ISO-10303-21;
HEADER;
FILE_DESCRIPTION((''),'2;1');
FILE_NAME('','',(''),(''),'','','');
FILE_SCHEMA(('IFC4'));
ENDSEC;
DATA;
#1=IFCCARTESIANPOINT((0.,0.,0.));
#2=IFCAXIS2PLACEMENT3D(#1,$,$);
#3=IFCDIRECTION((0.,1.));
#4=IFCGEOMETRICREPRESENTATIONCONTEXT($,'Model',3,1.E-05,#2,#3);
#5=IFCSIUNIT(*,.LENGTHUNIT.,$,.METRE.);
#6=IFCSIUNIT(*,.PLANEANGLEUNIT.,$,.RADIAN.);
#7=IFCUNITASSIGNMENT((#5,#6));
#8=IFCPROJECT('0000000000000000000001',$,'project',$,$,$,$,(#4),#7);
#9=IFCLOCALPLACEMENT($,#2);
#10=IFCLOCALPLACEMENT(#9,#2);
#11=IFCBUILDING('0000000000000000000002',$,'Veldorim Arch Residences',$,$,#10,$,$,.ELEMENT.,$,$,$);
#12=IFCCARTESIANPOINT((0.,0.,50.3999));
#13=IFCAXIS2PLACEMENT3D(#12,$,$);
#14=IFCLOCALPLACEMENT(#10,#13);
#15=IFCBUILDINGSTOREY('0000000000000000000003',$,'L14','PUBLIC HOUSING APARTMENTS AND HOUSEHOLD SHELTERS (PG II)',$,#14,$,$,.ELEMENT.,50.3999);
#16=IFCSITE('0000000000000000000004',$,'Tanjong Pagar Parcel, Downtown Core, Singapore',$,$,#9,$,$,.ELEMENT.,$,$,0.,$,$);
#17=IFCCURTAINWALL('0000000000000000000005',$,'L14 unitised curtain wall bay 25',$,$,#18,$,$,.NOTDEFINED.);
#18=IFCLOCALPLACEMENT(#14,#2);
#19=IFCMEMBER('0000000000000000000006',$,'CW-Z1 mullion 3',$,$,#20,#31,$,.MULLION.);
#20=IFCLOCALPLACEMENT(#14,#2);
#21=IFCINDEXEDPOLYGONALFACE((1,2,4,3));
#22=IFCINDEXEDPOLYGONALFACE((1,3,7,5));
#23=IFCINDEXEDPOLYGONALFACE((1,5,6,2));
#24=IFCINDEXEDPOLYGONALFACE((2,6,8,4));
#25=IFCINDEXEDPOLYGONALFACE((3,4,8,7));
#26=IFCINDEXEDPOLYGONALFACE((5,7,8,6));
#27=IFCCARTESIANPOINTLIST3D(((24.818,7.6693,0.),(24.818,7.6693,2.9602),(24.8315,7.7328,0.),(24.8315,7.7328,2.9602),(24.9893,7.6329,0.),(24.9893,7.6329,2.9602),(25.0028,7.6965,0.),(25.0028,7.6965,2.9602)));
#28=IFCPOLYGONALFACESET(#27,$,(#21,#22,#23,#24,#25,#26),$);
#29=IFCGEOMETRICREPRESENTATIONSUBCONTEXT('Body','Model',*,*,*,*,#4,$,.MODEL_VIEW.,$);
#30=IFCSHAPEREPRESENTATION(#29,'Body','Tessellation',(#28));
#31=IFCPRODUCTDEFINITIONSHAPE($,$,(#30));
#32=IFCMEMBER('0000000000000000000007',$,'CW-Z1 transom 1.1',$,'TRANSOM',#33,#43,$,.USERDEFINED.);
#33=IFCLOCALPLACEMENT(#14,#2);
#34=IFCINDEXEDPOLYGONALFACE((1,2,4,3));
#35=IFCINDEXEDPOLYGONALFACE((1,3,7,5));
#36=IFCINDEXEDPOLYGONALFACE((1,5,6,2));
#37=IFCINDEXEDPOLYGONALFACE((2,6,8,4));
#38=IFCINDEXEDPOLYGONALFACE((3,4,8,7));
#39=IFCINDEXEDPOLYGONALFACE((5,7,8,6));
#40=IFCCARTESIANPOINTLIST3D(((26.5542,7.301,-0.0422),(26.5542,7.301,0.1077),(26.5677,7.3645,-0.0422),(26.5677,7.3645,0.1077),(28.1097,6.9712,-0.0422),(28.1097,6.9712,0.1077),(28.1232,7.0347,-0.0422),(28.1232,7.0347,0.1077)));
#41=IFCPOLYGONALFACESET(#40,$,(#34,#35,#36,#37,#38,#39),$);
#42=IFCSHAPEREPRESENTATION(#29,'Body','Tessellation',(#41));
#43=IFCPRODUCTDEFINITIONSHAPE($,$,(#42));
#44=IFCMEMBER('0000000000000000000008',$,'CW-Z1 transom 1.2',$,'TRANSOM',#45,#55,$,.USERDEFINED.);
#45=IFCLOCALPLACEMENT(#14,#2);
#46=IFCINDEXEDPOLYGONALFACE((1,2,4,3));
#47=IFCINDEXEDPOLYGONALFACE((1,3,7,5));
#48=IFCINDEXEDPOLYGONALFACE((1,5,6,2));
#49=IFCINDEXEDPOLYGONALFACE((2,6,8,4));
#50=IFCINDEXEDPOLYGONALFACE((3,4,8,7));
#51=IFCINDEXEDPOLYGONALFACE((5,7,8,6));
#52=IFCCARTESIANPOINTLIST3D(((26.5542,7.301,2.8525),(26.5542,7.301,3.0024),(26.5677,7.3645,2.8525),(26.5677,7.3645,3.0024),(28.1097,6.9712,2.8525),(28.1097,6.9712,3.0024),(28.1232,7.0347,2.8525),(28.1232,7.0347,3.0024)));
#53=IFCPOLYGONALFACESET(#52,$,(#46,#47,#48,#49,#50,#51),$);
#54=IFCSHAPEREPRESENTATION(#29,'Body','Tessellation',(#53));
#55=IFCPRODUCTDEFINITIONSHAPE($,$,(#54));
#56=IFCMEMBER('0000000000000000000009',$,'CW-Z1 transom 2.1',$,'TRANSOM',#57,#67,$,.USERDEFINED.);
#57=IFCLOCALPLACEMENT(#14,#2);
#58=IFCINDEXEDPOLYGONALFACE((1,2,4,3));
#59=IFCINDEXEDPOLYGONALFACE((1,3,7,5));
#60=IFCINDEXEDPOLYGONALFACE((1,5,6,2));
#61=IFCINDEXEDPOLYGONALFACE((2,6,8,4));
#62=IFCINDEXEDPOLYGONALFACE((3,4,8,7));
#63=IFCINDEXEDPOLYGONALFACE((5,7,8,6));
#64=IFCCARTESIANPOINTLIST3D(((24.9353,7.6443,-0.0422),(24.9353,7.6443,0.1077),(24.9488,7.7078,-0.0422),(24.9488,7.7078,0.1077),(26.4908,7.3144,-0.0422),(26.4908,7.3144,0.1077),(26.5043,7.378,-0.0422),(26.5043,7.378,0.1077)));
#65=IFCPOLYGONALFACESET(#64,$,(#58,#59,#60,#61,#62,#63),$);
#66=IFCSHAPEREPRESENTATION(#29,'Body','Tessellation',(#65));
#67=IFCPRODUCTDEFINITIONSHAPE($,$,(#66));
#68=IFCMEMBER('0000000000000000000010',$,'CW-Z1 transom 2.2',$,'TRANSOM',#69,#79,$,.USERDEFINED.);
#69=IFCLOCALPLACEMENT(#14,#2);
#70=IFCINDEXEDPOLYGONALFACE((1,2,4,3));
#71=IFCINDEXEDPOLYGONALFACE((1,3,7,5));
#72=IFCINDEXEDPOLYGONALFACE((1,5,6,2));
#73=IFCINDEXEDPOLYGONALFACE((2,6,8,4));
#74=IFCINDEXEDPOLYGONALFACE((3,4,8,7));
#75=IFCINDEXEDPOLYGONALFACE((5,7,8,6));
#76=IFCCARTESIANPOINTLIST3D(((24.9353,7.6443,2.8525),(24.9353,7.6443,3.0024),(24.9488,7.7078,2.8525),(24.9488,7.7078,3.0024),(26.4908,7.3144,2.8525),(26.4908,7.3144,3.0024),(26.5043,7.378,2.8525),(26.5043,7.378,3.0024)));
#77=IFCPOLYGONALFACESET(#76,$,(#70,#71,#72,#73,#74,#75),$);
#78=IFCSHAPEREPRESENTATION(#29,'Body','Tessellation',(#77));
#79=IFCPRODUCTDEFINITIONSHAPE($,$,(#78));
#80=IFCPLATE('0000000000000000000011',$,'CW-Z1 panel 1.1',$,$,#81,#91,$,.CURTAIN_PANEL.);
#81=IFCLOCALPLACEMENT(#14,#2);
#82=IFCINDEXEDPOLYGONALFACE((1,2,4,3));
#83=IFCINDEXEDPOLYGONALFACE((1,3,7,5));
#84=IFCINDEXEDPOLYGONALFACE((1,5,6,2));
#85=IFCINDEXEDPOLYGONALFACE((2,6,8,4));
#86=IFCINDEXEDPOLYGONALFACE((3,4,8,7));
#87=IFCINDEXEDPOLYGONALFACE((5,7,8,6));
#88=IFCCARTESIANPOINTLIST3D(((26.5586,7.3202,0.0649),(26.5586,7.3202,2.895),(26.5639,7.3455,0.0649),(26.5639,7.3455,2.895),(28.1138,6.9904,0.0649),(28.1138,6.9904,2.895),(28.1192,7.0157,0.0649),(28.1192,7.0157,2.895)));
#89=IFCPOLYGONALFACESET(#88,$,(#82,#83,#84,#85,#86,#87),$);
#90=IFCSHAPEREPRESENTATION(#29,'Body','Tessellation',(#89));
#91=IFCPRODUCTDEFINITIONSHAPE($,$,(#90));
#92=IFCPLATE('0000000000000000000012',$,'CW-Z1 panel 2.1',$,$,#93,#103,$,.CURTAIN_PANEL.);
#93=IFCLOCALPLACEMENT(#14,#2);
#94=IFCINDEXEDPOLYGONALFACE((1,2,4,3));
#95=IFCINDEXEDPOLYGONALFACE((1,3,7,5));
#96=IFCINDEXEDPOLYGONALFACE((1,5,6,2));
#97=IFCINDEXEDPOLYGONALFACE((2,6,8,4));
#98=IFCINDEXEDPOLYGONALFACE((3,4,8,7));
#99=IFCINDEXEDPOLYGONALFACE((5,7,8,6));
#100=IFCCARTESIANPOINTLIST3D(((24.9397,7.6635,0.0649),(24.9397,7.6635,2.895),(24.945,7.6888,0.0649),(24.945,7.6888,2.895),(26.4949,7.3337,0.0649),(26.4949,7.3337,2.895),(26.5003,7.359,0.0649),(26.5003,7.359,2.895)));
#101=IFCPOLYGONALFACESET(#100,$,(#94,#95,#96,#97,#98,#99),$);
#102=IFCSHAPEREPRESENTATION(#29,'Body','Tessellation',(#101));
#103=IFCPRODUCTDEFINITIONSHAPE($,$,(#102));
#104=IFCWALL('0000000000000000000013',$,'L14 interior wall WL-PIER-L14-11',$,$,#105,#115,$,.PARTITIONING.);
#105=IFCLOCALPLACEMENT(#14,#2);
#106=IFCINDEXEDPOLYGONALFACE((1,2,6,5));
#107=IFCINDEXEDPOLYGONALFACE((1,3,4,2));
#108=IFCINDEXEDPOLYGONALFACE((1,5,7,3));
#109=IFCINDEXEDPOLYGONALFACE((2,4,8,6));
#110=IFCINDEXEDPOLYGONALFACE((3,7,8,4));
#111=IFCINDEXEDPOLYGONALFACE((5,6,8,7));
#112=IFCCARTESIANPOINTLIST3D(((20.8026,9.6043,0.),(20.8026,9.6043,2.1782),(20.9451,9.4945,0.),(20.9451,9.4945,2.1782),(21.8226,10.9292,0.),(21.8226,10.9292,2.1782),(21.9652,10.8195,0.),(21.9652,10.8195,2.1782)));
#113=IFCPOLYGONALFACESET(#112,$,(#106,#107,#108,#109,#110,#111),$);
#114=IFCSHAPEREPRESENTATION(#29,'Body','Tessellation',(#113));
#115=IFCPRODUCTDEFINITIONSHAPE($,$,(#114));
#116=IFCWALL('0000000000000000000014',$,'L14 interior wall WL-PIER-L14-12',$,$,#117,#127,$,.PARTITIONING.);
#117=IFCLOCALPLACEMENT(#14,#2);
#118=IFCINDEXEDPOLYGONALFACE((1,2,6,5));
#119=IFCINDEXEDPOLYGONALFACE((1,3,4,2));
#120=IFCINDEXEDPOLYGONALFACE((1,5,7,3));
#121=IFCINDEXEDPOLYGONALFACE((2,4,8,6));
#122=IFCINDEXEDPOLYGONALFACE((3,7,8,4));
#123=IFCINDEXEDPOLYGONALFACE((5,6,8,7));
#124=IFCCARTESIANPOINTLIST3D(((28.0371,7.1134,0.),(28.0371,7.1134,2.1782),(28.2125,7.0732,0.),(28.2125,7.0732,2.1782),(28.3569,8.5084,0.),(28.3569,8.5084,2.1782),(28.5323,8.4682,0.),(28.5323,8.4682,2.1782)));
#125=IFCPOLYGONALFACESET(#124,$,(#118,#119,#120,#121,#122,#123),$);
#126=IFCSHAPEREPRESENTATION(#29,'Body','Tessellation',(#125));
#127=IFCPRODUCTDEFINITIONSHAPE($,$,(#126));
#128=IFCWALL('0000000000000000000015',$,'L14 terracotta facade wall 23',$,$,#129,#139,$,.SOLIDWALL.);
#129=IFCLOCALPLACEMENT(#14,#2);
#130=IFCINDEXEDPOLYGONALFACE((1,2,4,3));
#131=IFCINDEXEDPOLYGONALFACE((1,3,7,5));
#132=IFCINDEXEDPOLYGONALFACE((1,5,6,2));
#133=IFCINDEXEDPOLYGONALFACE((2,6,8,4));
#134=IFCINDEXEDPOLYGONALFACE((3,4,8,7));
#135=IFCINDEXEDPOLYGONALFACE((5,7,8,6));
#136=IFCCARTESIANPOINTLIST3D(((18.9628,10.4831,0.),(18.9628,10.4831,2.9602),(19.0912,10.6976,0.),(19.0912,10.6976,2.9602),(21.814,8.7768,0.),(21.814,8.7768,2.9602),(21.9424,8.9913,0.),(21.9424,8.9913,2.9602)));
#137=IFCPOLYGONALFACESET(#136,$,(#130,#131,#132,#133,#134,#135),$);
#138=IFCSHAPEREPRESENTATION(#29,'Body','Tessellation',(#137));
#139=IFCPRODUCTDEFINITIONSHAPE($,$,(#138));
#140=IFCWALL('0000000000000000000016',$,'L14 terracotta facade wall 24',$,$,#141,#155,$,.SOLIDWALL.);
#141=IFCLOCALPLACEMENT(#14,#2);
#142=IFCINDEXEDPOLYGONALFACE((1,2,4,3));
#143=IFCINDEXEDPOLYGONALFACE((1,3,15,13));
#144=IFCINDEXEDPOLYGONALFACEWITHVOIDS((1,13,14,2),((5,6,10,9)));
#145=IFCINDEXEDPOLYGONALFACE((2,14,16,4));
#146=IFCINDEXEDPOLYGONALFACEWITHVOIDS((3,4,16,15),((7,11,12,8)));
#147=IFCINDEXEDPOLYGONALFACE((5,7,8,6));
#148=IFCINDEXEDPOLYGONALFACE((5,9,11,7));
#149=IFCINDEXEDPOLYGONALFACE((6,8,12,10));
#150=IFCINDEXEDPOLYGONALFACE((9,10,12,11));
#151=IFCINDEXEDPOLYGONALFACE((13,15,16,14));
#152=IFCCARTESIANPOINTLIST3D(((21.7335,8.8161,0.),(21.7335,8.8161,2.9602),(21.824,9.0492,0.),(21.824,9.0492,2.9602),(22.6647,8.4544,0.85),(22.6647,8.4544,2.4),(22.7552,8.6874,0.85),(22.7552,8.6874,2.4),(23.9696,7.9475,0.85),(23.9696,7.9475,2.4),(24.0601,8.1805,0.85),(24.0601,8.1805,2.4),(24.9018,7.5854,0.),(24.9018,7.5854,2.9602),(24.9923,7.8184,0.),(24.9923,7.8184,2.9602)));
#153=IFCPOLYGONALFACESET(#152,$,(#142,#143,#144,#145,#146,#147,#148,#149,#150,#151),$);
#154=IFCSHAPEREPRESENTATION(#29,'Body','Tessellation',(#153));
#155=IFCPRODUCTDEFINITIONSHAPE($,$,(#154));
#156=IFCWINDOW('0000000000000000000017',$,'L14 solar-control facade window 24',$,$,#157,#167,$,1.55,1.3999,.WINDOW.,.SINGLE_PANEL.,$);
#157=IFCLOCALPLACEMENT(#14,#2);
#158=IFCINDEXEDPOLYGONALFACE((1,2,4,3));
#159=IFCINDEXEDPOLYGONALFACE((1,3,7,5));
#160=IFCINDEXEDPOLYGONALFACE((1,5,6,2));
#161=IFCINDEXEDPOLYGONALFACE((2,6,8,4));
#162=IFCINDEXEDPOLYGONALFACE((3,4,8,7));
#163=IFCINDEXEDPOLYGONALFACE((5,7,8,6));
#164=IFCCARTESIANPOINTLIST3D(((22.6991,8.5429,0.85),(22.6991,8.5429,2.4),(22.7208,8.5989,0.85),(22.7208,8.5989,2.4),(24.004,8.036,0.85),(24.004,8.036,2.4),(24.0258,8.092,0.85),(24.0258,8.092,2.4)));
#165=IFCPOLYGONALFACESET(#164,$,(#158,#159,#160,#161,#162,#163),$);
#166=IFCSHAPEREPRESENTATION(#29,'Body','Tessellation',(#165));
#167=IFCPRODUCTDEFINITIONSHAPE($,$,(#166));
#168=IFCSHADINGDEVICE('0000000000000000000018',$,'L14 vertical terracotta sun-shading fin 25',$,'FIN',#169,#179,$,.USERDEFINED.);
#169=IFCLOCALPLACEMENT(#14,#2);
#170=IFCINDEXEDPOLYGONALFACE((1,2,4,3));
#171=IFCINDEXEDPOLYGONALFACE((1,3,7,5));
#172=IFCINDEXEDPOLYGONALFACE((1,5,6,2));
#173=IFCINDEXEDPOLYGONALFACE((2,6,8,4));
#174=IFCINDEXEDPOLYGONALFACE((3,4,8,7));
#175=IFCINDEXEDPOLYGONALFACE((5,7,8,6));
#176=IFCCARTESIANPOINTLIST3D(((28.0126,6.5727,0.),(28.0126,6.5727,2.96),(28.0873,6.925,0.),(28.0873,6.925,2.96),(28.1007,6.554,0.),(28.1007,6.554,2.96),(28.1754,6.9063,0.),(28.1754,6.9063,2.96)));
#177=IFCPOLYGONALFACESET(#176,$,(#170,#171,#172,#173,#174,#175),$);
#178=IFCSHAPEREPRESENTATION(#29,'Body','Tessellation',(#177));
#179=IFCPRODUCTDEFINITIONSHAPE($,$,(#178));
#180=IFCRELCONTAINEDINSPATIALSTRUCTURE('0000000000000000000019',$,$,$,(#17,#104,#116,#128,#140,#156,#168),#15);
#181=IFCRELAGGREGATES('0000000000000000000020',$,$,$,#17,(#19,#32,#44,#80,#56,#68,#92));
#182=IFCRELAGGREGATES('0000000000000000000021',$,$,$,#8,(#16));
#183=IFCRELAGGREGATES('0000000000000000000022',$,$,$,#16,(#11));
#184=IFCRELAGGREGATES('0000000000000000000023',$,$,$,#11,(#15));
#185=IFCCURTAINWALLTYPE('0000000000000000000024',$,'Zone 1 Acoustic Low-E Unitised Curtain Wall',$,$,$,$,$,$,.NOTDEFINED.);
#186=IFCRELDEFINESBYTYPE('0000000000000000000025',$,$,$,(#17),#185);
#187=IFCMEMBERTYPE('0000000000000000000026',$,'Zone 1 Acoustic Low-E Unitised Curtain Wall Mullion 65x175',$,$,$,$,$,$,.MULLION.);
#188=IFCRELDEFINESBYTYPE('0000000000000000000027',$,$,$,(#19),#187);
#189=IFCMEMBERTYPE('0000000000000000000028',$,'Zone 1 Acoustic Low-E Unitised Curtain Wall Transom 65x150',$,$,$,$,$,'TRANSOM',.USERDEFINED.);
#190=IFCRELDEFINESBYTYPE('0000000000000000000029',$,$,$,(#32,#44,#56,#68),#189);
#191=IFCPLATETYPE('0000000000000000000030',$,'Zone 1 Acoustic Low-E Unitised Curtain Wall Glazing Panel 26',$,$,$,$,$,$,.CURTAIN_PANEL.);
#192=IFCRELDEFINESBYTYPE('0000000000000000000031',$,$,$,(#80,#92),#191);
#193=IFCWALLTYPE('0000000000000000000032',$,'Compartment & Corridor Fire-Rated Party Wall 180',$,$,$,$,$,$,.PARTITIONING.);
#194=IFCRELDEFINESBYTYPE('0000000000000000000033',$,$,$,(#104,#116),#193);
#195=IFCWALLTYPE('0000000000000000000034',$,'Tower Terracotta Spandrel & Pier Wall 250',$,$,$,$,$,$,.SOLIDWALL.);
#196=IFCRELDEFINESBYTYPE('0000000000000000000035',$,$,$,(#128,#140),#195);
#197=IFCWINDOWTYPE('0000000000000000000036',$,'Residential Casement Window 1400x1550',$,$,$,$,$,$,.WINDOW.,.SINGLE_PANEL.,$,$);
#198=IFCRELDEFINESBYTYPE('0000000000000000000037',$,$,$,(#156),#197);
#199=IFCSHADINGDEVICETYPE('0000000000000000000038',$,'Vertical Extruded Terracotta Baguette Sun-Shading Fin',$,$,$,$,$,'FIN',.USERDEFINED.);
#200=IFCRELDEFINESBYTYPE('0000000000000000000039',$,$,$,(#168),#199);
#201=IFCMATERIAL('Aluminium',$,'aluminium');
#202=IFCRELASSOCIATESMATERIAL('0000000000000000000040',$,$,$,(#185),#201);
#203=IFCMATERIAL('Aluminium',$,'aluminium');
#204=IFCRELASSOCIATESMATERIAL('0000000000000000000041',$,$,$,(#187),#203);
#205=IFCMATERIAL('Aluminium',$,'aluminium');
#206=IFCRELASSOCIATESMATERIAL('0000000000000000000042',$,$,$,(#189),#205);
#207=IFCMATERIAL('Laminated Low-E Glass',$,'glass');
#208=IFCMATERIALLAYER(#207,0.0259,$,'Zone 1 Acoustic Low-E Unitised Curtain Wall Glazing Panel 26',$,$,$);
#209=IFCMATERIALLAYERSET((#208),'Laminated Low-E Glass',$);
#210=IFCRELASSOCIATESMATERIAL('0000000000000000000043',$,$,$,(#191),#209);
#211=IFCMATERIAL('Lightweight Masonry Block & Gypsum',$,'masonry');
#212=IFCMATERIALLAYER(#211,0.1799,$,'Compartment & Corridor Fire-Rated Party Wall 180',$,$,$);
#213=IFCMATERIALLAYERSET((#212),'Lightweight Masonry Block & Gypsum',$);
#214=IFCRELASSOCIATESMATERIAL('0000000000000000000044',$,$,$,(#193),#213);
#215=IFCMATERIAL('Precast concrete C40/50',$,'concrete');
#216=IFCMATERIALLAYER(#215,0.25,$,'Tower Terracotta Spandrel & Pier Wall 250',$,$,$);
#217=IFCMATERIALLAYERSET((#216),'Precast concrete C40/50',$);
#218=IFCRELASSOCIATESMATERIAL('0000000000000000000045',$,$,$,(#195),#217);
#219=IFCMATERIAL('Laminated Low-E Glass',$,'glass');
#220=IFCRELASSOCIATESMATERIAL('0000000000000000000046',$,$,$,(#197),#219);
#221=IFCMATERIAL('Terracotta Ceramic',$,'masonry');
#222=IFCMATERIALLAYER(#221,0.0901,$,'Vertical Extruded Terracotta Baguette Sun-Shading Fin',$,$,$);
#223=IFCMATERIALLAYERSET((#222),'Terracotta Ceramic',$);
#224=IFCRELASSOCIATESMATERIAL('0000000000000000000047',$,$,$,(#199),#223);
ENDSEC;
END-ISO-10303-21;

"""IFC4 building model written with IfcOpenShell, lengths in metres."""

from ifc_helpers import new_model, si_unit, direction, frame, frame_2d, origin, origin_2d, place, context, subcontext, project, spatial, rectangle, extrude, material, layer, layer_set, material_profile, profile_set, type_object, element, fill, aggregate, save


model = new_model("IFC4")

# Units and contexts
model_context = context("Model", 3, precision=1e-05, world=origin(), true_north=direction((0.0, 1.0)))
body_context = subcontext(model_context, "Body", "Model", "MODEL_VIEW")
ifc_project = project(units=[si_unit("LENGTHUNIT", "METRE"), si_unit("PLANEANGLEUNIT", "RADIAN")], contexts=[model_context])

# Site, building, storey
site_placement = place(None, origin())
site = spatial("IfcSite", under=ifc_project, at=site_placement, Name="Tanjong Pagar Parcel, Downtown Core, Singapore", CompositionType="ELEMENT", RefElevation=0.0)
building_placement = place(site_placement, origin())
building = spatial("IfcBuilding", under=site, at=building_placement, Name="Veldorim Arch Residences", CompositionType="ELEMENT")
storey_placement = place(building_placement, frame((0.0, 0.0, 50.3999)))
storey = spatial("IfcBuildingStorey", under=building, at=storey_placement, Name="L14", Description="PUBLIC HOUSING APARTMENTS AND HOUSEHOLD SHELTERS (PG II)", CompositionType="ELEMENT", Elevation=50.3999)

# Shared definitions
ifc_material_1 = material(Name="Aluminium", Category="aluminium")
curtain_wall_type = type_object("IfcCurtainWallType", Name="Zone 1 Acoustic Low-E Unitised Curtain Wall", PredefinedType="NOTDEFINED", material=ifc_material_1)
ifc_material_2 = material(Name="Aluminium", Category="aluminium")
ifc_material_profile_1 = material_profile(ifc_material_2, rectangle(XDim=0.0649, YDim=0.175, at=origin_2d()), Name="ALU_MUL_65x175")
ifc_profile_set_1 = profile_set([ifc_material_profile_1], Name="Aluminium")
member_type_1 = type_object("IfcMemberType", Name="Zone 1 Acoustic Low-E Unitised Curtain Wall Mullion 65x175", PredefinedType="MULLION", material=ifc_profile_set_1)

# Curtain wall, members, plates
curtain_wall_1_placement = place(storey_placement, origin())
curtain_wall_1 = element("IfcCurtainWall", 1, at=curtain_wall_1_placement, inside=storey, type_object=curtain_wall_type, Name="L14 unitised curtain wall bay 25", PredefinedType="NOTDEFINED")
member_1_placement = place(storey_placement, frame((24.9104, 7.6829, 0.0), z_axis=(0.0, 0.0, 1.0), x_axis=(-0.207442, -0.978247, 0.0)))
member_1 = element("IfcMember", 2, at=member_1_placement, type_object=member_type_1, Name="CW-Z1 mullion 3", PredefinedType="MULLION", context=body_context, shape_type="SweptSolid", body=[
    extrude(rectangle(XDim=0.0649, YDim=0.175, at=origin_2d()), origin(), (0.0, 0.0, 1.0), 2.9602),
])
ifc_material_3 = material(Name="Aluminium", Category="aluminium")
ifc_material_profile_2 = material_profile(ifc_material_3, rectangle(XDim=0.0649, YDim=0.1499, at=origin_2d()), Name="ALU_TRN_65x150")
ifc_profile_set_2 = profile_set([ifc_material_profile_2], Name="Aluminium")
member_type_2 = type_object("IfcMemberType", Name="Zone 1 Acoustic Low-E Unitised Curtain Wall Transom 65x150", ElementType="TRANSOM", PredefinedType="USERDEFINED", material=ifc_profile_set_2)
member_2_placement = place(storey_placement, frame((28.1165, 7.0029, 0.0327), z_axis=(-0.978247, 0.207442, 0.0), x_axis=(-0.207442, -0.978247, 0.0)))
member_2 = element("IfcMember", 3, at=member_2_placement, type_object=member_type_2, Name="CW-Z1 transom 1.1", ObjectType="TRANSOM", PredefinedType="USERDEFINED", context=body_context, shape_type="SweptSolid", body=[
    extrude(rectangle(XDim=0.0649, YDim=0.1499, at=origin_2d()), origin(), (0.0, 0.0, 1.0), 1.5901),
])
member_3_placement = place(storey_placement, frame((28.1165, 7.0029, 2.9275), z_axis=(-0.978247, 0.207442, 0.0), x_axis=(-0.207442, -0.978247, 0.0)))
member_3 = element("IfcMember", 4, at=member_3_placement, type_object=member_type_2, Name="CW-Z1 transom 1.2", ObjectType="TRANSOM", PredefinedType="USERDEFINED", context=body_context, shape_type="SweptSolid", body=[
    extrude(rectangle(XDim=0.0649, YDim=0.1499, at=origin_2d()), origin(), (0.0, 0.0, 1.0), 1.5901),
])
member_4_placement = place(storey_placement, frame((26.4976, 7.3462, 0.0327), z_axis=(-0.978247, 0.207442, 0.0), x_axis=(-0.207442, -0.978247, 0.0)))
member_4 = element("IfcMember", 5, at=member_4_placement, type_object=member_type_2, Name="CW-Z1 transom 2.1", ObjectType="TRANSOM", PredefinedType="USERDEFINED", context=body_context, shape_type="SweptSolid", body=[
    extrude(rectangle(XDim=0.0649, YDim=0.1499, at=origin_2d()), origin(), (0.0, 0.0, 1.0), 1.5901),
])
member_5_placement = place(storey_placement, frame((26.4976, 7.3462, 2.9275), z_axis=(-0.978247, 0.207442, 0.0), x_axis=(-0.207442, -0.978247, 0.0)))
member_5 = element("IfcMember", 6, at=member_5_placement, type_object=member_type_2, Name="CW-Z1 transom 2.2", ObjectType="TRANSOM", PredefinedType="USERDEFINED", context=body_context, shape_type="SweptSolid", body=[
    extrude(rectangle(XDim=0.0649, YDim=0.1499, at=origin_2d()), origin(), (0.0, 0.0, 1.0), 1.5901),
])
ifc_material_4 = material(Name="Laminated Low-E Glass", Category="glass")
ifc_layer_1 = layer(ifc_material_4, 0.0259, Name="Zone 1 Acoustic Low-E Unitised Curtain Wall Glazing Panel 26")
ifc_layer_set_1 = layer_set([ifc_layer_1], Name="Laminated Low-E Glass")
plate_type = type_object("IfcPlateType", Name="Zone 1 Acoustic Low-E Unitised Curtain Wall Glazing Panel 26", PredefinedType="CURTAIN_PANEL", material=ifc_layer_set_1)
plate_1_placement = place(storey_placement, frame((27.3389, 7.168, 0.0649), z_axis=(0.0, 0.0, 1.0), x_axis=(-0.978247, 0.207442, 0.0)))
plate_1 = element("IfcPlate", 7, at=plate_1_placement, type_object=plate_type, Name="CW-Z1 panel 1.1", PredefinedType="CURTAIN_PANEL", context=body_context, shape_type="SweptSolid", body=[
    extrude(rectangle(XDim=1.5898, YDim=0.0259, at=origin_2d()), origin(), (0.0, 0.0, 1.0), 2.8301),
])
plate_2_placement = place(storey_placement, frame((25.72, 7.5112, 0.0649), z_axis=(0.0, 0.0, 1.0), x_axis=(-0.978247, 0.207442, 0.0)))
plate_2 = element("IfcPlate", 8, at=plate_2_placement, type_object=plate_type, Name="CW-Z1 panel 2.1", PredefinedType="CURTAIN_PANEL", context=body_context, shape_type="SweptSolid", body=[
    extrude(rectangle(XDim=1.5898, YDim=0.0259, at=origin_2d()), origin(), (0.0, 0.0, 1.0), 2.8301),
])
aggregate(curtain_wall_1, [member_1, member_2, member_3, plate_1, member_4, member_5, plate_2])

# Walls
ifc_material_5 = material(Name="Lightweight Masonry Block & Gypsum", Category="masonry")
ifc_layer_2 = layer(ifc_material_5, 0.1799, Name="Compartment & Corridor Fire-Rated Party Wall 180")
ifc_layer_set_2 = layer_set([ifc_layer_2], Name="Lightweight Masonry Block & Gypsum")
wall_type_1 = type_object("IfcWallType", Name="Compartment & Corridor Fire-Rated Party Wall 180", PredefinedType="PARTITIONING", material=ifc_layer_set_2)
wall_1_placement = place(storey_placement, frame((21.8938, 10.8743, 0.0), z_axis=(0.0, 0.0, 1.0), x_axis=(-0.610021, -0.792385, 0.0)))
element("IfcWall", 9, at=wall_1_placement, inside=storey, type_object=wall_type_1, Name="L14 interior wall WL-PIER-L14-11", PredefinedType="PARTITIONING", context=body_context, shape_type="SweptSolid", body=[
    extrude(rectangle(XDim=1.6721, YDim=0.1799, at=frame_2d((0.8359, 0.0))), origin(), (0.0, 0.0, 1.0), 2.1782),
])
wall_2_placement = place(storey_placement, frame((28.4446, 8.4883, 0.0), z_axis=(0.0, 0.0, 1.0), x_axis=(-0.223464, -0.974712, 0.0)))
element("IfcWall", 10, at=wall_2_placement, inside=storey, type_object=wall_type_1, Name="L14 interior wall WL-PIER-L14-12", PredefinedType="PARTITIONING", context=body_context, shape_type="SweptSolid", body=[
    extrude(rectangle(XDim=1.4312, YDim=0.1799, at=frame_2d((0.7156, 0.0))), origin(), (0.0, 0.0, 1.0), 2.1782),
])
ifc_material_6 = material(Name="Precast concrete C40/50", Category="concrete")
ifc_layer_3 = layer(ifc_material_6, 0.25, Name="Tower Terracotta Spandrel & Pier Wall 250")
ifc_layer_set_3 = layer_set([ifc_layer_3], Name="Precast concrete C40/50")
wall_type_2 = type_object("IfcWallType", Name="Tower Terracotta Spandrel & Pier Wall 250", PredefinedType="SOLIDWALL", material=ifc_layer_set_3)
wall_3_placement = place(storey_placement, frame((21.8782, 8.884, 0.0), z_axis=(0.0, 0.0, 1.0), x_axis=(-0.858069, 0.513534, 0.0)))
element("IfcWall", 11, at=wall_3_placement, inside=storey, type_object=wall_type_2, Name="L14 terracotta facade wall 23", PredefinedType="SOLIDWALL", context=body_context, shape_type="SweptSolid", body=[
    extrude(rectangle(XDim=3.3228, YDim=0.25, at=frame_2d((1.6614, 0.0))), origin(), (0.0, 0.0, 1.0), 2.9602),
])

# Wall, opening, window
wall_4_placement = place(storey_placement, frame((24.947, 7.7019, 0.0), z_axis=(0.0, 0.0, 1.0), x_axis=(-0.932141, 0.362096, 0.0)))
wall_4 = element("IfcWall", 12, at=wall_4_placement, inside=storey, type_object=wall_type_2, Name="L14 terracotta facade wall 24", PredefinedType="SOLIDWALL", context=body_context, shape_type="SweptSolid", body=[
    extrude(rectangle(XDim=3.3989, YDim=0.25, at=frame_2d((1.6995, 0.0))), origin(), (0.0, 0.0, 1.0), 2.9602),
])
opening_placement = place(wall_4_placement, frame((1.0, 0.0, 0.8501)))
opening = element("IfcOpeningElement", 13, at=opening_placement, cuts=wall_4, PredefinedType="OPENING", context=body_context, shape_type="SweptSolid", body=[
    extrude(rectangle(XDim=1.3999, YDim=1.55, at=frame_2d((0.7, 0.7749))), frame((0.0, 0.135, 0.0), z_axis=(0.0, -1.0, 0.0), x_axis=(1.0, 0.0, 0.0)), (0.0, 0.0, 1.0), 0.27),
])
ifc_material_7 = material(Name="Laminated Low-E Glass", Category="glass")
window_type = type_object("IfcWindowType", Name="Residential Casement Window 1400x1550", PartitioningType="SINGLE_PANEL", PredefinedType="WINDOW", material=ifc_material_7)
window_placement = place(opening_placement, origin())
window = element("IfcWindow", 14, at=window_placement, inside=storey, type_object=window_type, Name="L14 solar-control facade window 24", OverallHeight=1.55, OverallWidth=1.3999, PartitioningType="SINGLE_PANEL", PredefinedType="WINDOW", context=body_context, shape_type="SweptSolid", body=[
    extrude(rectangle(XDim=1.3999, YDim=1.55, at=frame_2d((0.7, 0.7749))), frame((0.0, 0.03, 0.0), z_axis=(0.0, -1.0, 0.0), x_axis=(1.0, 0.0, 0.0)), (0.0, 0.0, 1.0), 0.0601),
])
fill(opening, window)

# Shading device
ifc_material_8 = material(Name="Terracotta Ceramic", Category="masonry")
ifc_layer_4 = layer(ifc_material_8, 0.0901, Name="Vertical Extruded Terracotta Baguette Sun-Shading Fin")
ifc_layer_set_4 = layer_set([ifc_layer_4], Name="Terracotta Ceramic")
shading_device_type = type_object("IfcShadingDeviceType", Name="Vertical Extruded Terracotta Baguette Sun-Shading Fin", ElementType="FIN", PredefinedType="USERDEFINED", material=ifc_layer_set_4)
shading_device_placement = place(storey_placement, frame((28.094, 6.7395, 0.0), z_axis=(0.0, 0.0, 1.0), x_axis=(-0.978256, 0.2074, 0.0)))
element("IfcShadingDevice", 15, at=shading_device_placement, inside=storey, type_object=shading_device_type, Name="L14 vertical terracotta sun-shading fin 25", ObjectType="FIN", PredefinedType="USERDEFINED", context=body_context, shape_type="SweptSolid", body=[
    extrude(rectangle(XDim=0.0901, YDim=0.3601, at=origin_2d()), origin(), (0.0, 0.0, 1.0), 2.96),
])

save(model, "model.ifc")
